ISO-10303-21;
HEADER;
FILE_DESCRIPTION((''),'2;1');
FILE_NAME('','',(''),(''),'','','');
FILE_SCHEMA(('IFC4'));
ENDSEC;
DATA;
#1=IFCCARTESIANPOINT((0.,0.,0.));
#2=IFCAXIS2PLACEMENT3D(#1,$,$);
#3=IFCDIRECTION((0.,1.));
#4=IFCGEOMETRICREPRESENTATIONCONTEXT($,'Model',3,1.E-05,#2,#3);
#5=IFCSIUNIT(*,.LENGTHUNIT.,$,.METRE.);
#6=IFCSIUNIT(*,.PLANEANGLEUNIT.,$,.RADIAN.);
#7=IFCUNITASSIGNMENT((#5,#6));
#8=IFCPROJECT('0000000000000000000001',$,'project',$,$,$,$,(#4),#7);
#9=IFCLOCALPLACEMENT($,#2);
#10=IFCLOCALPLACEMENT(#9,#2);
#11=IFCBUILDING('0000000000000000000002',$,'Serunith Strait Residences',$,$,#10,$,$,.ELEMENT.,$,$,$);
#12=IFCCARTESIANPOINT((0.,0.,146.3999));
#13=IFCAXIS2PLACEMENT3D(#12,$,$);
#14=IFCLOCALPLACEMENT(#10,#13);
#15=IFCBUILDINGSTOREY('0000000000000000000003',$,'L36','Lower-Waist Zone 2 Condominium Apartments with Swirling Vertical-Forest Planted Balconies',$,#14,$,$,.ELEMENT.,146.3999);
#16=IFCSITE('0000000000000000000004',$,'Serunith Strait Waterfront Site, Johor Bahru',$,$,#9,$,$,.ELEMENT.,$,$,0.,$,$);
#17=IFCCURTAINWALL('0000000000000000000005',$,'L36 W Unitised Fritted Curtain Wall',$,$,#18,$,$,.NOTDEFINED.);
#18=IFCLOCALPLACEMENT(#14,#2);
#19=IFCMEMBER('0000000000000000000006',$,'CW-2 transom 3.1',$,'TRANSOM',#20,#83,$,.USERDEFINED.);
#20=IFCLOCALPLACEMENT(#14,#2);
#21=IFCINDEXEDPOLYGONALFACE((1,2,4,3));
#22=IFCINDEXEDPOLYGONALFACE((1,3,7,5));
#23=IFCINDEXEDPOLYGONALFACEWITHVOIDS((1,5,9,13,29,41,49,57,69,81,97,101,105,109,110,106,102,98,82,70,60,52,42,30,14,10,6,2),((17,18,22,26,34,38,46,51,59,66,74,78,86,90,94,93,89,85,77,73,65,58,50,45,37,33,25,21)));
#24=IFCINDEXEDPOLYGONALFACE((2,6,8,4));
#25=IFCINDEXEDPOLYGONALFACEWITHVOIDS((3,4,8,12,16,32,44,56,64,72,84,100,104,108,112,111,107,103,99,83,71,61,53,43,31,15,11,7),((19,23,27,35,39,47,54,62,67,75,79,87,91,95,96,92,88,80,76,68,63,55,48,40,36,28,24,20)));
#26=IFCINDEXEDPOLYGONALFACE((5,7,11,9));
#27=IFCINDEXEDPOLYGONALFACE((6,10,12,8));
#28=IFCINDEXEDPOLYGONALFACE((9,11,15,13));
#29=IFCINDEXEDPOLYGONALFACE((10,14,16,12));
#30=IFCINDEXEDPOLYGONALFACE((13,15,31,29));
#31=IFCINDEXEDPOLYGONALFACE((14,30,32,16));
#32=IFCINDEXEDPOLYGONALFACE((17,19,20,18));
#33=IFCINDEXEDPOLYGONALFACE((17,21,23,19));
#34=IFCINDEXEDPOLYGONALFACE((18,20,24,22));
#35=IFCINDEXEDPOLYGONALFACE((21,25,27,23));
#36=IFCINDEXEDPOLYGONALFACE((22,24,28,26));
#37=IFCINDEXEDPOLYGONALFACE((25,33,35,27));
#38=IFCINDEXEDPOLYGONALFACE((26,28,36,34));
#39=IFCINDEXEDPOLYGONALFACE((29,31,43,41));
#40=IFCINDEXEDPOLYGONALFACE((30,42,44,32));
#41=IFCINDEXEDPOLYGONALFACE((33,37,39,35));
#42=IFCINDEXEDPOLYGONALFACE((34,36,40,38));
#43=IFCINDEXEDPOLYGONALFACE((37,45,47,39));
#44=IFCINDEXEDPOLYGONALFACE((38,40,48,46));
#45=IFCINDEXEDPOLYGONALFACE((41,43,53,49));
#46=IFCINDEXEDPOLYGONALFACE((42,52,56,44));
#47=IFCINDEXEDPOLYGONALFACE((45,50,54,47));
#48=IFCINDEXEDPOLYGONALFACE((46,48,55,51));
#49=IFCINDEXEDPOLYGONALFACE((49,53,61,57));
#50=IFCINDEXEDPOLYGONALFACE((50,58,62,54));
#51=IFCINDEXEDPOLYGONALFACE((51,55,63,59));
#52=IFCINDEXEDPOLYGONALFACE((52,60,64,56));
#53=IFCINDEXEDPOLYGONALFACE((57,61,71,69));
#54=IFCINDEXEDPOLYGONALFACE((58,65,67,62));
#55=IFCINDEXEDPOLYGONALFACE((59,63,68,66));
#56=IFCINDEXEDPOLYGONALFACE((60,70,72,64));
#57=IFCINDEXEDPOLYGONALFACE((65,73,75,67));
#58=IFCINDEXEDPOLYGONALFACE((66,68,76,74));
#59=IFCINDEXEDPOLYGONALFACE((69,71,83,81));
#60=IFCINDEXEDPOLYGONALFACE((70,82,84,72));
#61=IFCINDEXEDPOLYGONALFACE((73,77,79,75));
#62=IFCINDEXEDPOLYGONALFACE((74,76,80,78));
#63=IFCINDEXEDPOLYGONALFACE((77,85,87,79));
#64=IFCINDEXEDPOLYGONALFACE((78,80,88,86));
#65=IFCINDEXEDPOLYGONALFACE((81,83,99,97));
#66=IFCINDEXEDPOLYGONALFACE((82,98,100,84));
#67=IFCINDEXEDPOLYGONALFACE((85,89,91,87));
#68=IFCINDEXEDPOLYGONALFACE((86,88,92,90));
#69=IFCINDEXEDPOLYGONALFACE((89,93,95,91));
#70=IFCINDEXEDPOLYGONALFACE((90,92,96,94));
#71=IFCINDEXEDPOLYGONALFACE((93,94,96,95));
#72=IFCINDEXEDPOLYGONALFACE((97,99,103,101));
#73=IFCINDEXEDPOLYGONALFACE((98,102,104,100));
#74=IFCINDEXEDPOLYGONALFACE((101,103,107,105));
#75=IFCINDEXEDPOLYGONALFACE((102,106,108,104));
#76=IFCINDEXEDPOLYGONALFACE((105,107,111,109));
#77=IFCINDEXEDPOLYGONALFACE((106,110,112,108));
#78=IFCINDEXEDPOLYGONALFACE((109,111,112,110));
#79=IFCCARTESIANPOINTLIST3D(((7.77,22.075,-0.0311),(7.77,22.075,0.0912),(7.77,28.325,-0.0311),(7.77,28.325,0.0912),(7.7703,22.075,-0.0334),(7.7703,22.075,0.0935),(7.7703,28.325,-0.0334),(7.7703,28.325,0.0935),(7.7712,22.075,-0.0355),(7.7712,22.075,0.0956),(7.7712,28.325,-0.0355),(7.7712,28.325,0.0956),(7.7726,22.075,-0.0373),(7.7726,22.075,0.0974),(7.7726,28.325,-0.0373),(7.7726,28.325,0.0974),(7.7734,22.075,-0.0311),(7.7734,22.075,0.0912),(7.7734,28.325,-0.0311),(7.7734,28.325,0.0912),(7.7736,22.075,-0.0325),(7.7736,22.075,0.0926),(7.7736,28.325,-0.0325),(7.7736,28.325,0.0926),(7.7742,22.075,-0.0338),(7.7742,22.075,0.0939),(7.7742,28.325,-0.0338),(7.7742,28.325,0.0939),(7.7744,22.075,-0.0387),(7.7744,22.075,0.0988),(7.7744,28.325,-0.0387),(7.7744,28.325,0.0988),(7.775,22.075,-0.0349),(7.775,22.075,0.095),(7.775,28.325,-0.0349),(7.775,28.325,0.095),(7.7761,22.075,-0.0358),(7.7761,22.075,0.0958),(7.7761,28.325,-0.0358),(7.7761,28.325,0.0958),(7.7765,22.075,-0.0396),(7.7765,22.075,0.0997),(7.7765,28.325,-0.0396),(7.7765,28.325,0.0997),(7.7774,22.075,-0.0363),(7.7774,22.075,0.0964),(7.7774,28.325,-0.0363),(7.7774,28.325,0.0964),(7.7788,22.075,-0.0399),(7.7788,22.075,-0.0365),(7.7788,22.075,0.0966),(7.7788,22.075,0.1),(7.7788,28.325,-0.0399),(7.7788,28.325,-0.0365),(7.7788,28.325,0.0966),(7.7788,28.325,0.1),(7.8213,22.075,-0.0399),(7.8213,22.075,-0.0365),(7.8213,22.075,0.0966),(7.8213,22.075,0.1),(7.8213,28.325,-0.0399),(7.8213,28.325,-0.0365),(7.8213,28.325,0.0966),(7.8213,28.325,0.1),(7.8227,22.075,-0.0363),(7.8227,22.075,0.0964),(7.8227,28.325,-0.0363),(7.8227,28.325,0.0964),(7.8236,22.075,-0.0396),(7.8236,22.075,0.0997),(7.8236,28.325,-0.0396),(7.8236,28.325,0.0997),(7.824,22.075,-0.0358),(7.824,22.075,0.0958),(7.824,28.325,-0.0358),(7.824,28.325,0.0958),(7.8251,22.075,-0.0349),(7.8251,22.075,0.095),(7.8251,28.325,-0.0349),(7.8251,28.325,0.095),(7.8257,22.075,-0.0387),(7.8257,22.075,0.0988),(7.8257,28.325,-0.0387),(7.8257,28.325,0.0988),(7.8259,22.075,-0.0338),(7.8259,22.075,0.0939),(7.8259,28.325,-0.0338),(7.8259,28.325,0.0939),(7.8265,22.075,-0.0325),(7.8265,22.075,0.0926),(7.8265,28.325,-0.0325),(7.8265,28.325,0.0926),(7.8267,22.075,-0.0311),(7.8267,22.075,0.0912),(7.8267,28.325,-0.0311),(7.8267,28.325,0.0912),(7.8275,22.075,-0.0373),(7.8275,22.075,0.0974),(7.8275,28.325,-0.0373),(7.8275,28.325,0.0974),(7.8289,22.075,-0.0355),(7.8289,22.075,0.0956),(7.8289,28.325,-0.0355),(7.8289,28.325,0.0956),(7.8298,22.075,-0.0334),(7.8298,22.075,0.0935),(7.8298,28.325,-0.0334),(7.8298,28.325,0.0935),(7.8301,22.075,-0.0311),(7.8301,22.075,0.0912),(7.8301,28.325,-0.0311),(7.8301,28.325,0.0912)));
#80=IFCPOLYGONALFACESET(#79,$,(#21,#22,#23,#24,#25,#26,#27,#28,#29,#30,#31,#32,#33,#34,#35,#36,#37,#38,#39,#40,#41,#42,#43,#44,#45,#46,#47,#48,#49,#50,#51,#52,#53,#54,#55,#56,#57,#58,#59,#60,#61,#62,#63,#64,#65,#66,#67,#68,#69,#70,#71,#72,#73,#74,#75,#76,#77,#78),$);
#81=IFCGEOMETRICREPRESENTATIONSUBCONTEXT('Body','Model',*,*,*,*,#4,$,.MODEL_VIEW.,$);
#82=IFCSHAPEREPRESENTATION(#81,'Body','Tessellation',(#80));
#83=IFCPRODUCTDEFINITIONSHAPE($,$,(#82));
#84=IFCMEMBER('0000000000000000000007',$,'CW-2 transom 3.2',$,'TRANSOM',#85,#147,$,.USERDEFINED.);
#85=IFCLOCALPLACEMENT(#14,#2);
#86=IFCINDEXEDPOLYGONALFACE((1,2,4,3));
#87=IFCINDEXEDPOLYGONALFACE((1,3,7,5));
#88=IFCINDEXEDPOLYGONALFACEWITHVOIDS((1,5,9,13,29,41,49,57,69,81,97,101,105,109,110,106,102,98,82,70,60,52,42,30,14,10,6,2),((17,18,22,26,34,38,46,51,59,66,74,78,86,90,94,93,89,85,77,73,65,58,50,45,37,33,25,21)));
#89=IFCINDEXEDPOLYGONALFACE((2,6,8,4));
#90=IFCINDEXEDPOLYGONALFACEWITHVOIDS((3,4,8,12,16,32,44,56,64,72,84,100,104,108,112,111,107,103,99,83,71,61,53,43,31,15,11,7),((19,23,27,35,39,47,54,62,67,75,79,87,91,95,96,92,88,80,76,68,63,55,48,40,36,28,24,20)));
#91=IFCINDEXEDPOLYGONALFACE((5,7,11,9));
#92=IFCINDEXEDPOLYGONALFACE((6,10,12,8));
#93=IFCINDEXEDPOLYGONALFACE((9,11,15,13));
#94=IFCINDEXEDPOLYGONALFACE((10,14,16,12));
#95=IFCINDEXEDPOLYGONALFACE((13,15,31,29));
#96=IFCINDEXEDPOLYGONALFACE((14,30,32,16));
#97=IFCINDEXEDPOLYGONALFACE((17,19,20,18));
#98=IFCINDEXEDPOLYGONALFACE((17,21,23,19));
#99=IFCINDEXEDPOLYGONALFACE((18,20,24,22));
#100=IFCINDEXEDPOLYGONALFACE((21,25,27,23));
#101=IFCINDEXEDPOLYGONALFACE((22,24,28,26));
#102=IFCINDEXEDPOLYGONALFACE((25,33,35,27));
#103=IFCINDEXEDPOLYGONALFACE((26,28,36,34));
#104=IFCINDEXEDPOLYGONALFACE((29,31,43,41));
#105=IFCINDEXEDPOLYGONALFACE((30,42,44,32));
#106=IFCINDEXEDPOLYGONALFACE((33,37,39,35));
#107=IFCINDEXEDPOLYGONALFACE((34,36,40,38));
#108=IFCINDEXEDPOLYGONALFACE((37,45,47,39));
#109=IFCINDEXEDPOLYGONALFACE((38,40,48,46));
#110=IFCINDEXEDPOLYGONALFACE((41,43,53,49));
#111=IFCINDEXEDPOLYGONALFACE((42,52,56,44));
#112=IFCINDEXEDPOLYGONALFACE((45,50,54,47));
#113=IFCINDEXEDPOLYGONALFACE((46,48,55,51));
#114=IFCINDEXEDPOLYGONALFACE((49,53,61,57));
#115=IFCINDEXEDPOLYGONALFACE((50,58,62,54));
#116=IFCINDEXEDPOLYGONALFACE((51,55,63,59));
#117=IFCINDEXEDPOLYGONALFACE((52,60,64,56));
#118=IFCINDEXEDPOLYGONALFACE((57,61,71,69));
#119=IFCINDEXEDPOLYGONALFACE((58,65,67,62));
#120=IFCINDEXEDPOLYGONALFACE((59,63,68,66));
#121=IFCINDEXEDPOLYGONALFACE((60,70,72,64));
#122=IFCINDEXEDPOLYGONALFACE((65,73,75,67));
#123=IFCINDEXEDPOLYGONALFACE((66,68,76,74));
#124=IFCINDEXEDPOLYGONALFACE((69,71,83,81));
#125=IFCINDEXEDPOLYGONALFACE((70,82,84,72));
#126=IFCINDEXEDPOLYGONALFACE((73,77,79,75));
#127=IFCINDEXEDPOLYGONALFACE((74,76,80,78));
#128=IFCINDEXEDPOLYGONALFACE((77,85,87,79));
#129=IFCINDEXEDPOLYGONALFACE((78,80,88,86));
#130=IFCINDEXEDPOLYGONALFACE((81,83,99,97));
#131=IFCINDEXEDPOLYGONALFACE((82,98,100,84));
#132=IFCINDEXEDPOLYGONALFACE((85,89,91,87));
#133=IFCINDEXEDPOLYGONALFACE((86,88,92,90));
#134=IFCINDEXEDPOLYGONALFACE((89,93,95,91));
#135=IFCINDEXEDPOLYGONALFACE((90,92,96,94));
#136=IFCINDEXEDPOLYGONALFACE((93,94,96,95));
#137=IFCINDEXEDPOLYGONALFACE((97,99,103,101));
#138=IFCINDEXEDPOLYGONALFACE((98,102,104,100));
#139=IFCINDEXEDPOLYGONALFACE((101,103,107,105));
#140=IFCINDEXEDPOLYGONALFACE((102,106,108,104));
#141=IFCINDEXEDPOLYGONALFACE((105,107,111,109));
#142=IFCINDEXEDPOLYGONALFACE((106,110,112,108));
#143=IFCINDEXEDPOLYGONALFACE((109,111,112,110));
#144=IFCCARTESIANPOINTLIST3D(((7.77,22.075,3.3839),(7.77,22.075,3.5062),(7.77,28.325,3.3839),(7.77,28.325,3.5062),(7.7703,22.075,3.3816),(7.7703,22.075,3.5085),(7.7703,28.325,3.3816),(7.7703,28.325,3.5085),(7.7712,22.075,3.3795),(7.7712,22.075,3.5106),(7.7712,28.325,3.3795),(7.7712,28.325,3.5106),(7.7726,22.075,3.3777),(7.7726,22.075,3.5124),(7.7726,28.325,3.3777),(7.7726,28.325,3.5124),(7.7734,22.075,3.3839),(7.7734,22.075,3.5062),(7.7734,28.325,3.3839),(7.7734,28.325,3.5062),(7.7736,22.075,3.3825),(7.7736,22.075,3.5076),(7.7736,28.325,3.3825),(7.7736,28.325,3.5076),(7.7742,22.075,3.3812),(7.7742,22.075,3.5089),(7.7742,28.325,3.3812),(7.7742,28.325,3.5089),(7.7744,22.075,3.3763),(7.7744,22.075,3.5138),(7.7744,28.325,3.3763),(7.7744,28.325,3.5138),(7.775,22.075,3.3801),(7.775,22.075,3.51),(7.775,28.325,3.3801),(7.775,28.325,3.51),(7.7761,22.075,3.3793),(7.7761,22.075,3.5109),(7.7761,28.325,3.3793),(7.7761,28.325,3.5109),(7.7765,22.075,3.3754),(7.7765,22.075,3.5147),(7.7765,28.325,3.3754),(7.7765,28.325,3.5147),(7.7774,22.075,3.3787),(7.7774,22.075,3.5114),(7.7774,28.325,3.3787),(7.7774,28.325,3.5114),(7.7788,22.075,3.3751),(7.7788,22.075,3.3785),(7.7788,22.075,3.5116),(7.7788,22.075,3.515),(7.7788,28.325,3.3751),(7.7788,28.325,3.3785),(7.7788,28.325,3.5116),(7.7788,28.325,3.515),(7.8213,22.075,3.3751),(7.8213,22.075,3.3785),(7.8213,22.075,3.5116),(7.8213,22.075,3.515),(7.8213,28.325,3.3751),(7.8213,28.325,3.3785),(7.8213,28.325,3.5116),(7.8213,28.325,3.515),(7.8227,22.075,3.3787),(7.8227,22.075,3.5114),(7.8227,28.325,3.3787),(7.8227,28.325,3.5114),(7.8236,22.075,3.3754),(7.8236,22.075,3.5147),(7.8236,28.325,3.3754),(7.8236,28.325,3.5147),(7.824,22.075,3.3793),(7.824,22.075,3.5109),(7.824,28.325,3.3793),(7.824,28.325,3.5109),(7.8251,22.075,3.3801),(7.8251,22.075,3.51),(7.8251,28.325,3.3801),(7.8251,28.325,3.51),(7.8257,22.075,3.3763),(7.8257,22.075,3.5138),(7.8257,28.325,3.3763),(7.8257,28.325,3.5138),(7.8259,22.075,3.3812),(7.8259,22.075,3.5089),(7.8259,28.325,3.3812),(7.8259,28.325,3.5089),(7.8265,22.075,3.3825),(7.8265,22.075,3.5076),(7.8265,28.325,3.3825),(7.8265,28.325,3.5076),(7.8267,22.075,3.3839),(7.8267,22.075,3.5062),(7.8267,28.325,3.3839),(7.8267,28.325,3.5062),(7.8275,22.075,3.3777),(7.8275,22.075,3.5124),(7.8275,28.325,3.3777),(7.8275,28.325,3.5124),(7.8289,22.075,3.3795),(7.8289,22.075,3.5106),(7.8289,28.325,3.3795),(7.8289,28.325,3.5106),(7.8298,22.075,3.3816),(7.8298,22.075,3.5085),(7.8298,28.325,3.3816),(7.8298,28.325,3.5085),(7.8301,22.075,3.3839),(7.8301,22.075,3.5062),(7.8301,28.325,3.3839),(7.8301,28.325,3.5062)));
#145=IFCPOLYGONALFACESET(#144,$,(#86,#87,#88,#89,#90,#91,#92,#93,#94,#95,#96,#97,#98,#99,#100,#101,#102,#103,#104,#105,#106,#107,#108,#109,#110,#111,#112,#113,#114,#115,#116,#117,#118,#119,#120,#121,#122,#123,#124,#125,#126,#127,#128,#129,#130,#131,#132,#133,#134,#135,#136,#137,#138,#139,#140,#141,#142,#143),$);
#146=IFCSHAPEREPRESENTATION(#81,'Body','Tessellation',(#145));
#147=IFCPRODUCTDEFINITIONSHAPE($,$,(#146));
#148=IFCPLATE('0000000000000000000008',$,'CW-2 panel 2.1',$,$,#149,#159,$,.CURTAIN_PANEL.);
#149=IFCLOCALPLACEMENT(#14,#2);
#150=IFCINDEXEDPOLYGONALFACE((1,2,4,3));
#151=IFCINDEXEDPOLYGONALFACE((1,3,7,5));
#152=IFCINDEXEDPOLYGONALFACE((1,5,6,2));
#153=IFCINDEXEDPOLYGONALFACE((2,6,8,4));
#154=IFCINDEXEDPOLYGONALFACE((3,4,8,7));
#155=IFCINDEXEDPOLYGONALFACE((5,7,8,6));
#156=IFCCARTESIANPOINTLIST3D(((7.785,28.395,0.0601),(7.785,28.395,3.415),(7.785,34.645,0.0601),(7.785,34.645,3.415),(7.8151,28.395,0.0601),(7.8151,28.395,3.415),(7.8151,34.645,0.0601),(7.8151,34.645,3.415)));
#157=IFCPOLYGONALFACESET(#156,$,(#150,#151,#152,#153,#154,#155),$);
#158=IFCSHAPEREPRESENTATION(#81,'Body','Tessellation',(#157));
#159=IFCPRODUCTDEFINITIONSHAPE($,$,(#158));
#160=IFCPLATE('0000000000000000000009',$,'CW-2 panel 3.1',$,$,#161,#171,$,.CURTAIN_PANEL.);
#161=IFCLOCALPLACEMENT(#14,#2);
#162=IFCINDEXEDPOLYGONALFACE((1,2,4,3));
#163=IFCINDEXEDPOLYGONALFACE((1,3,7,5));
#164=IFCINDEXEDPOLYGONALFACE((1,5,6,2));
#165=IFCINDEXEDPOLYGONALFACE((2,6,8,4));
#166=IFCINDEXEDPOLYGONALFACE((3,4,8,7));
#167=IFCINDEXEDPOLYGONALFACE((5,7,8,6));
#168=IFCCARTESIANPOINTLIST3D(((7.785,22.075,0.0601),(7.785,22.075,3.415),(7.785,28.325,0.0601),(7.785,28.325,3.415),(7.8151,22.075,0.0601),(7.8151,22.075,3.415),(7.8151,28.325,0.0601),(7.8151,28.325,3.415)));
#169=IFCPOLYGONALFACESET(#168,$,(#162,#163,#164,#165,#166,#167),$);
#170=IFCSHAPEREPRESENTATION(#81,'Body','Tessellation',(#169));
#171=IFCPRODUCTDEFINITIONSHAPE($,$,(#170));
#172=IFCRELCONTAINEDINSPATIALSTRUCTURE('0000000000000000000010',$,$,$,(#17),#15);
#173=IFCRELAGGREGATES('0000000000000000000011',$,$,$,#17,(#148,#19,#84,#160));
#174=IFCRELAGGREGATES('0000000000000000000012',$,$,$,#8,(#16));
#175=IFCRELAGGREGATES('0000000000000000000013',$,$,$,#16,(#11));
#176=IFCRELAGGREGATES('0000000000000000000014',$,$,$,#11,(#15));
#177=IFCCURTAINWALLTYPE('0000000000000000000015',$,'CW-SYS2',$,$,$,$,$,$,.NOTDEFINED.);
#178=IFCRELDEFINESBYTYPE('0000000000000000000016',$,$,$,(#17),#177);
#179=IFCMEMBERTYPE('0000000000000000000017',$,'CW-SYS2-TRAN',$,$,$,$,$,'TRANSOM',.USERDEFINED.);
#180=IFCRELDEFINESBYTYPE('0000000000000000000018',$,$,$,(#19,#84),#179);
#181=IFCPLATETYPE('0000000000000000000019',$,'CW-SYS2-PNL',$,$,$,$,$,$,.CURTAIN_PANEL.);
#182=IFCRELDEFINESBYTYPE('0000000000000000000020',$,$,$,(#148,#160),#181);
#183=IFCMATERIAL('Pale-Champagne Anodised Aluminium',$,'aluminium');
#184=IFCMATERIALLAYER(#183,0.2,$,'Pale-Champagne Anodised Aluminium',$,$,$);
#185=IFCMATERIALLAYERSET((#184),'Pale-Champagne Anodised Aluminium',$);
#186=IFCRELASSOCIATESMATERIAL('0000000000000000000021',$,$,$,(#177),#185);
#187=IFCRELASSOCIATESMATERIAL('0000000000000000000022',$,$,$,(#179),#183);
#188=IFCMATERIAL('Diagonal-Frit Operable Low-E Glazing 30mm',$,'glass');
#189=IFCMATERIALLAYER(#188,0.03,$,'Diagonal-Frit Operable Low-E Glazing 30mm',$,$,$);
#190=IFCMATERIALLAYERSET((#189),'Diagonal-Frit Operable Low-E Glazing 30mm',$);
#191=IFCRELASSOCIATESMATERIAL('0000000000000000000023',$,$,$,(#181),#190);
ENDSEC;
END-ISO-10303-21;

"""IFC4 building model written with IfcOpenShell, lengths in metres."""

from ifc_helpers import new_model, si_unit, direction, frame, origin, origin_2d, place, context, subcontext, project, spatial, rectangle, hollow_rectangle, extrude, source, transform, mapped, material, layer, layer_set, material_profile, profile_set, type_object, element, aggregate, save


model = new_model("IFC4")

# Units and contexts
model_context = context("Model", 3, precision=1e-05, world=origin(), true_north=direction((0.0, 1.0)))
body_context = subcontext(model_context, "Body", "Model", "MODEL_VIEW")
ifc_project = project(units=[si_unit("LENGTHUNIT", "METRE"), si_unit("PLANEANGLEUNIT", "RADIAN")], contexts=[model_context])

# Site, building, storey
site_placement = place(None, origin())
site = spatial("IfcSite", under=ifc_project, at=site_placement, Name="Serunith Strait Waterfront Site, Johor Bahru", CompositionType="ELEMENT", RefElevation=0.0)
building_placement = place(site_placement, origin())
building = spatial("IfcBuilding", under=site, at=building_placement, Name="Serunith Strait Residences", CompositionType="ELEMENT")
storey_placement = place(building_placement, frame((0.0, 0.0, 146.3999)))
storey = spatial("IfcBuildingStorey", under=building, at=storey_placement, Name="L36", Description="Lower-Waist Zone 2 Condominium Apartments with Swirling Vertical-Forest Planted Balconies", CompositionType="ELEMENT", Elevation=146.3999)

# Curtain wall, members, plates
ifc_material_1 = material(Name="Pale-Champagne Anodised Aluminium", Category="aluminium")
ifc_layer_1 = layer(ifc_material_1, 0.2, Name="Pale-Champagne Anodised Aluminium")
ifc_layer_set_1 = layer_set([ifc_layer_1], Name="Pale-Champagne Anodised Aluminium")
curtain_wall_type = type_object("IfcCurtainWallType", Name="CW-SYS2", PredefinedType="NOTDEFINED", material=ifc_layer_set_1)
curtain_wall_placement = place(storey_placement, origin())
curtain_wall = element("IfcCurtainWall", 1, at=curtain_wall_placement, inside=storey, type_object=curtain_wall_type, Name="L36 W Unitised Fritted Curtain Wall", PredefinedType="NOTDEFINED")
ifc_material_profile_1 = material_profile(ifc_material_1, hollow_rectangle(XDim=0.0601, YDim=0.1399, WallThickness=0.0034, InnerFilletRadius=0.0054, OuterFilletRadius=0.0088, at=origin_2d()), Name="ALU 140x60x3.5")
ifc_profile_set_1 = profile_set([ifc_material_profile_1], Name="Pale-Champagne Anodised Aluminium")
member_type_1 = type_object("IfcMemberType", Name="CW-SYS2-TRAN", ElementType="TRANSOM", PredefinedType="USERDEFINED", material=ifc_profile_set_1)
shared_shape_1 = source(origin(), body_context, "Body", "SweptSolid", [
    extrude(hollow_rectangle(XDim=0.0601, YDim=0.1399, WallThickness=0.0034, InnerFilletRadius=0.0054, OuterFilletRadius=0.0088, at=origin_2d()), origin(), (0.0, 0.0, 1.0), 6.25),
])
member_1_placement = place(storey_placement, frame((7.8, 28.325, 0.03), z_axis=(0.0, -1.0, 0.0), x_axis=(1.0, 0.0, 0.0)))
member_1 = element("IfcMember", 2, at=member_1_placement, type_object=member_type_1, Name="CW-2 transom 3.1", ObjectType="TRANSOM", PredefinedType="USERDEFINED", context=body_context, shape_type="MappedRepresentation", body=[
    mapped(shared_shape_1, transform((0.0, 0.0, 0.0), scale=1.0)),
])
member_2_placement = place(storey_placement, frame((7.8, 28.325, 3.4451), z_axis=(0.0, -1.0, 0.0), x_axis=(1.0, 0.0, 0.0)))
member_2 = element("IfcMember", 3, at=member_2_placement, type_object=member_type_1, Name="CW-2 transom 3.2", ObjectType="TRANSOM", PredefinedType="USERDEFINED", context=body_context, shape_type="MappedRepresentation", body=[
    mapped(shared_shape_1, transform((0.0, 0.0, 0.0), scale=1.0)),
])
ifc_material_2 = material(Name="Diagonal-Frit Operable Low-E Glazing 30mm", Category="glass")
ifc_layer_2 = layer(ifc_material_2, 0.03, Name="Diagonal-Frit Operable Low-E Glazing 30mm")
ifc_layer_set_2 = layer_set([ifc_layer_2], Name="Diagonal-Frit Operable Low-E Glazing 30mm")
plate_type = type_object("IfcPlateType", Name="CW-SYS2-PNL", PredefinedType="CURTAIN_PANEL", material=ifc_layer_set_2)
shared_shape_2 = source(origin(), body_context, "Body", "SweptSolid", [
    extrude(rectangle(XDim=6.25, YDim=0.03, at=origin_2d()), origin(), (0.0, 0.0, 1.0), 3.355),
])
plate_1_placement = place(storey_placement, frame((7.8, 31.52, 0.0601), z_axis=(0.0, 0.0, 1.0), x_axis=(0.0, -1.0, 0.0)))
plate_1 = element("IfcPlate", 4, at=plate_1_placement, type_object=plate_type, Name="CW-2 panel 2.1", PredefinedType="CURTAIN_PANEL", context=body_context, shape_type="MappedRepresentation", body=[
    mapped(shared_shape_2, transform((0.0, 0.0, 0.0), scale=1.0)),
])
plate_2_placement = place(storey_placement, frame((7.8, 25.2, 0.0601), z_axis=(0.0, 0.0, 1.0), x_axis=(0.0, -1.0, 0.0)))
plate_2 = element("IfcPlate", 5, at=plate_2_placement, type_object=plate_type, Name="CW-2 panel 3.1", PredefinedType="CURTAIN_PANEL", context=body_context, shape_type="MappedRepresentation", body=[
    mapped(shared_shape_2, transform((0.0, 0.0, 0.0), scale=1.0)),
])
aggregate(curtain_wall, [plate_1, member_1, member_2, plate_2])

save(model, "model.ifc")
